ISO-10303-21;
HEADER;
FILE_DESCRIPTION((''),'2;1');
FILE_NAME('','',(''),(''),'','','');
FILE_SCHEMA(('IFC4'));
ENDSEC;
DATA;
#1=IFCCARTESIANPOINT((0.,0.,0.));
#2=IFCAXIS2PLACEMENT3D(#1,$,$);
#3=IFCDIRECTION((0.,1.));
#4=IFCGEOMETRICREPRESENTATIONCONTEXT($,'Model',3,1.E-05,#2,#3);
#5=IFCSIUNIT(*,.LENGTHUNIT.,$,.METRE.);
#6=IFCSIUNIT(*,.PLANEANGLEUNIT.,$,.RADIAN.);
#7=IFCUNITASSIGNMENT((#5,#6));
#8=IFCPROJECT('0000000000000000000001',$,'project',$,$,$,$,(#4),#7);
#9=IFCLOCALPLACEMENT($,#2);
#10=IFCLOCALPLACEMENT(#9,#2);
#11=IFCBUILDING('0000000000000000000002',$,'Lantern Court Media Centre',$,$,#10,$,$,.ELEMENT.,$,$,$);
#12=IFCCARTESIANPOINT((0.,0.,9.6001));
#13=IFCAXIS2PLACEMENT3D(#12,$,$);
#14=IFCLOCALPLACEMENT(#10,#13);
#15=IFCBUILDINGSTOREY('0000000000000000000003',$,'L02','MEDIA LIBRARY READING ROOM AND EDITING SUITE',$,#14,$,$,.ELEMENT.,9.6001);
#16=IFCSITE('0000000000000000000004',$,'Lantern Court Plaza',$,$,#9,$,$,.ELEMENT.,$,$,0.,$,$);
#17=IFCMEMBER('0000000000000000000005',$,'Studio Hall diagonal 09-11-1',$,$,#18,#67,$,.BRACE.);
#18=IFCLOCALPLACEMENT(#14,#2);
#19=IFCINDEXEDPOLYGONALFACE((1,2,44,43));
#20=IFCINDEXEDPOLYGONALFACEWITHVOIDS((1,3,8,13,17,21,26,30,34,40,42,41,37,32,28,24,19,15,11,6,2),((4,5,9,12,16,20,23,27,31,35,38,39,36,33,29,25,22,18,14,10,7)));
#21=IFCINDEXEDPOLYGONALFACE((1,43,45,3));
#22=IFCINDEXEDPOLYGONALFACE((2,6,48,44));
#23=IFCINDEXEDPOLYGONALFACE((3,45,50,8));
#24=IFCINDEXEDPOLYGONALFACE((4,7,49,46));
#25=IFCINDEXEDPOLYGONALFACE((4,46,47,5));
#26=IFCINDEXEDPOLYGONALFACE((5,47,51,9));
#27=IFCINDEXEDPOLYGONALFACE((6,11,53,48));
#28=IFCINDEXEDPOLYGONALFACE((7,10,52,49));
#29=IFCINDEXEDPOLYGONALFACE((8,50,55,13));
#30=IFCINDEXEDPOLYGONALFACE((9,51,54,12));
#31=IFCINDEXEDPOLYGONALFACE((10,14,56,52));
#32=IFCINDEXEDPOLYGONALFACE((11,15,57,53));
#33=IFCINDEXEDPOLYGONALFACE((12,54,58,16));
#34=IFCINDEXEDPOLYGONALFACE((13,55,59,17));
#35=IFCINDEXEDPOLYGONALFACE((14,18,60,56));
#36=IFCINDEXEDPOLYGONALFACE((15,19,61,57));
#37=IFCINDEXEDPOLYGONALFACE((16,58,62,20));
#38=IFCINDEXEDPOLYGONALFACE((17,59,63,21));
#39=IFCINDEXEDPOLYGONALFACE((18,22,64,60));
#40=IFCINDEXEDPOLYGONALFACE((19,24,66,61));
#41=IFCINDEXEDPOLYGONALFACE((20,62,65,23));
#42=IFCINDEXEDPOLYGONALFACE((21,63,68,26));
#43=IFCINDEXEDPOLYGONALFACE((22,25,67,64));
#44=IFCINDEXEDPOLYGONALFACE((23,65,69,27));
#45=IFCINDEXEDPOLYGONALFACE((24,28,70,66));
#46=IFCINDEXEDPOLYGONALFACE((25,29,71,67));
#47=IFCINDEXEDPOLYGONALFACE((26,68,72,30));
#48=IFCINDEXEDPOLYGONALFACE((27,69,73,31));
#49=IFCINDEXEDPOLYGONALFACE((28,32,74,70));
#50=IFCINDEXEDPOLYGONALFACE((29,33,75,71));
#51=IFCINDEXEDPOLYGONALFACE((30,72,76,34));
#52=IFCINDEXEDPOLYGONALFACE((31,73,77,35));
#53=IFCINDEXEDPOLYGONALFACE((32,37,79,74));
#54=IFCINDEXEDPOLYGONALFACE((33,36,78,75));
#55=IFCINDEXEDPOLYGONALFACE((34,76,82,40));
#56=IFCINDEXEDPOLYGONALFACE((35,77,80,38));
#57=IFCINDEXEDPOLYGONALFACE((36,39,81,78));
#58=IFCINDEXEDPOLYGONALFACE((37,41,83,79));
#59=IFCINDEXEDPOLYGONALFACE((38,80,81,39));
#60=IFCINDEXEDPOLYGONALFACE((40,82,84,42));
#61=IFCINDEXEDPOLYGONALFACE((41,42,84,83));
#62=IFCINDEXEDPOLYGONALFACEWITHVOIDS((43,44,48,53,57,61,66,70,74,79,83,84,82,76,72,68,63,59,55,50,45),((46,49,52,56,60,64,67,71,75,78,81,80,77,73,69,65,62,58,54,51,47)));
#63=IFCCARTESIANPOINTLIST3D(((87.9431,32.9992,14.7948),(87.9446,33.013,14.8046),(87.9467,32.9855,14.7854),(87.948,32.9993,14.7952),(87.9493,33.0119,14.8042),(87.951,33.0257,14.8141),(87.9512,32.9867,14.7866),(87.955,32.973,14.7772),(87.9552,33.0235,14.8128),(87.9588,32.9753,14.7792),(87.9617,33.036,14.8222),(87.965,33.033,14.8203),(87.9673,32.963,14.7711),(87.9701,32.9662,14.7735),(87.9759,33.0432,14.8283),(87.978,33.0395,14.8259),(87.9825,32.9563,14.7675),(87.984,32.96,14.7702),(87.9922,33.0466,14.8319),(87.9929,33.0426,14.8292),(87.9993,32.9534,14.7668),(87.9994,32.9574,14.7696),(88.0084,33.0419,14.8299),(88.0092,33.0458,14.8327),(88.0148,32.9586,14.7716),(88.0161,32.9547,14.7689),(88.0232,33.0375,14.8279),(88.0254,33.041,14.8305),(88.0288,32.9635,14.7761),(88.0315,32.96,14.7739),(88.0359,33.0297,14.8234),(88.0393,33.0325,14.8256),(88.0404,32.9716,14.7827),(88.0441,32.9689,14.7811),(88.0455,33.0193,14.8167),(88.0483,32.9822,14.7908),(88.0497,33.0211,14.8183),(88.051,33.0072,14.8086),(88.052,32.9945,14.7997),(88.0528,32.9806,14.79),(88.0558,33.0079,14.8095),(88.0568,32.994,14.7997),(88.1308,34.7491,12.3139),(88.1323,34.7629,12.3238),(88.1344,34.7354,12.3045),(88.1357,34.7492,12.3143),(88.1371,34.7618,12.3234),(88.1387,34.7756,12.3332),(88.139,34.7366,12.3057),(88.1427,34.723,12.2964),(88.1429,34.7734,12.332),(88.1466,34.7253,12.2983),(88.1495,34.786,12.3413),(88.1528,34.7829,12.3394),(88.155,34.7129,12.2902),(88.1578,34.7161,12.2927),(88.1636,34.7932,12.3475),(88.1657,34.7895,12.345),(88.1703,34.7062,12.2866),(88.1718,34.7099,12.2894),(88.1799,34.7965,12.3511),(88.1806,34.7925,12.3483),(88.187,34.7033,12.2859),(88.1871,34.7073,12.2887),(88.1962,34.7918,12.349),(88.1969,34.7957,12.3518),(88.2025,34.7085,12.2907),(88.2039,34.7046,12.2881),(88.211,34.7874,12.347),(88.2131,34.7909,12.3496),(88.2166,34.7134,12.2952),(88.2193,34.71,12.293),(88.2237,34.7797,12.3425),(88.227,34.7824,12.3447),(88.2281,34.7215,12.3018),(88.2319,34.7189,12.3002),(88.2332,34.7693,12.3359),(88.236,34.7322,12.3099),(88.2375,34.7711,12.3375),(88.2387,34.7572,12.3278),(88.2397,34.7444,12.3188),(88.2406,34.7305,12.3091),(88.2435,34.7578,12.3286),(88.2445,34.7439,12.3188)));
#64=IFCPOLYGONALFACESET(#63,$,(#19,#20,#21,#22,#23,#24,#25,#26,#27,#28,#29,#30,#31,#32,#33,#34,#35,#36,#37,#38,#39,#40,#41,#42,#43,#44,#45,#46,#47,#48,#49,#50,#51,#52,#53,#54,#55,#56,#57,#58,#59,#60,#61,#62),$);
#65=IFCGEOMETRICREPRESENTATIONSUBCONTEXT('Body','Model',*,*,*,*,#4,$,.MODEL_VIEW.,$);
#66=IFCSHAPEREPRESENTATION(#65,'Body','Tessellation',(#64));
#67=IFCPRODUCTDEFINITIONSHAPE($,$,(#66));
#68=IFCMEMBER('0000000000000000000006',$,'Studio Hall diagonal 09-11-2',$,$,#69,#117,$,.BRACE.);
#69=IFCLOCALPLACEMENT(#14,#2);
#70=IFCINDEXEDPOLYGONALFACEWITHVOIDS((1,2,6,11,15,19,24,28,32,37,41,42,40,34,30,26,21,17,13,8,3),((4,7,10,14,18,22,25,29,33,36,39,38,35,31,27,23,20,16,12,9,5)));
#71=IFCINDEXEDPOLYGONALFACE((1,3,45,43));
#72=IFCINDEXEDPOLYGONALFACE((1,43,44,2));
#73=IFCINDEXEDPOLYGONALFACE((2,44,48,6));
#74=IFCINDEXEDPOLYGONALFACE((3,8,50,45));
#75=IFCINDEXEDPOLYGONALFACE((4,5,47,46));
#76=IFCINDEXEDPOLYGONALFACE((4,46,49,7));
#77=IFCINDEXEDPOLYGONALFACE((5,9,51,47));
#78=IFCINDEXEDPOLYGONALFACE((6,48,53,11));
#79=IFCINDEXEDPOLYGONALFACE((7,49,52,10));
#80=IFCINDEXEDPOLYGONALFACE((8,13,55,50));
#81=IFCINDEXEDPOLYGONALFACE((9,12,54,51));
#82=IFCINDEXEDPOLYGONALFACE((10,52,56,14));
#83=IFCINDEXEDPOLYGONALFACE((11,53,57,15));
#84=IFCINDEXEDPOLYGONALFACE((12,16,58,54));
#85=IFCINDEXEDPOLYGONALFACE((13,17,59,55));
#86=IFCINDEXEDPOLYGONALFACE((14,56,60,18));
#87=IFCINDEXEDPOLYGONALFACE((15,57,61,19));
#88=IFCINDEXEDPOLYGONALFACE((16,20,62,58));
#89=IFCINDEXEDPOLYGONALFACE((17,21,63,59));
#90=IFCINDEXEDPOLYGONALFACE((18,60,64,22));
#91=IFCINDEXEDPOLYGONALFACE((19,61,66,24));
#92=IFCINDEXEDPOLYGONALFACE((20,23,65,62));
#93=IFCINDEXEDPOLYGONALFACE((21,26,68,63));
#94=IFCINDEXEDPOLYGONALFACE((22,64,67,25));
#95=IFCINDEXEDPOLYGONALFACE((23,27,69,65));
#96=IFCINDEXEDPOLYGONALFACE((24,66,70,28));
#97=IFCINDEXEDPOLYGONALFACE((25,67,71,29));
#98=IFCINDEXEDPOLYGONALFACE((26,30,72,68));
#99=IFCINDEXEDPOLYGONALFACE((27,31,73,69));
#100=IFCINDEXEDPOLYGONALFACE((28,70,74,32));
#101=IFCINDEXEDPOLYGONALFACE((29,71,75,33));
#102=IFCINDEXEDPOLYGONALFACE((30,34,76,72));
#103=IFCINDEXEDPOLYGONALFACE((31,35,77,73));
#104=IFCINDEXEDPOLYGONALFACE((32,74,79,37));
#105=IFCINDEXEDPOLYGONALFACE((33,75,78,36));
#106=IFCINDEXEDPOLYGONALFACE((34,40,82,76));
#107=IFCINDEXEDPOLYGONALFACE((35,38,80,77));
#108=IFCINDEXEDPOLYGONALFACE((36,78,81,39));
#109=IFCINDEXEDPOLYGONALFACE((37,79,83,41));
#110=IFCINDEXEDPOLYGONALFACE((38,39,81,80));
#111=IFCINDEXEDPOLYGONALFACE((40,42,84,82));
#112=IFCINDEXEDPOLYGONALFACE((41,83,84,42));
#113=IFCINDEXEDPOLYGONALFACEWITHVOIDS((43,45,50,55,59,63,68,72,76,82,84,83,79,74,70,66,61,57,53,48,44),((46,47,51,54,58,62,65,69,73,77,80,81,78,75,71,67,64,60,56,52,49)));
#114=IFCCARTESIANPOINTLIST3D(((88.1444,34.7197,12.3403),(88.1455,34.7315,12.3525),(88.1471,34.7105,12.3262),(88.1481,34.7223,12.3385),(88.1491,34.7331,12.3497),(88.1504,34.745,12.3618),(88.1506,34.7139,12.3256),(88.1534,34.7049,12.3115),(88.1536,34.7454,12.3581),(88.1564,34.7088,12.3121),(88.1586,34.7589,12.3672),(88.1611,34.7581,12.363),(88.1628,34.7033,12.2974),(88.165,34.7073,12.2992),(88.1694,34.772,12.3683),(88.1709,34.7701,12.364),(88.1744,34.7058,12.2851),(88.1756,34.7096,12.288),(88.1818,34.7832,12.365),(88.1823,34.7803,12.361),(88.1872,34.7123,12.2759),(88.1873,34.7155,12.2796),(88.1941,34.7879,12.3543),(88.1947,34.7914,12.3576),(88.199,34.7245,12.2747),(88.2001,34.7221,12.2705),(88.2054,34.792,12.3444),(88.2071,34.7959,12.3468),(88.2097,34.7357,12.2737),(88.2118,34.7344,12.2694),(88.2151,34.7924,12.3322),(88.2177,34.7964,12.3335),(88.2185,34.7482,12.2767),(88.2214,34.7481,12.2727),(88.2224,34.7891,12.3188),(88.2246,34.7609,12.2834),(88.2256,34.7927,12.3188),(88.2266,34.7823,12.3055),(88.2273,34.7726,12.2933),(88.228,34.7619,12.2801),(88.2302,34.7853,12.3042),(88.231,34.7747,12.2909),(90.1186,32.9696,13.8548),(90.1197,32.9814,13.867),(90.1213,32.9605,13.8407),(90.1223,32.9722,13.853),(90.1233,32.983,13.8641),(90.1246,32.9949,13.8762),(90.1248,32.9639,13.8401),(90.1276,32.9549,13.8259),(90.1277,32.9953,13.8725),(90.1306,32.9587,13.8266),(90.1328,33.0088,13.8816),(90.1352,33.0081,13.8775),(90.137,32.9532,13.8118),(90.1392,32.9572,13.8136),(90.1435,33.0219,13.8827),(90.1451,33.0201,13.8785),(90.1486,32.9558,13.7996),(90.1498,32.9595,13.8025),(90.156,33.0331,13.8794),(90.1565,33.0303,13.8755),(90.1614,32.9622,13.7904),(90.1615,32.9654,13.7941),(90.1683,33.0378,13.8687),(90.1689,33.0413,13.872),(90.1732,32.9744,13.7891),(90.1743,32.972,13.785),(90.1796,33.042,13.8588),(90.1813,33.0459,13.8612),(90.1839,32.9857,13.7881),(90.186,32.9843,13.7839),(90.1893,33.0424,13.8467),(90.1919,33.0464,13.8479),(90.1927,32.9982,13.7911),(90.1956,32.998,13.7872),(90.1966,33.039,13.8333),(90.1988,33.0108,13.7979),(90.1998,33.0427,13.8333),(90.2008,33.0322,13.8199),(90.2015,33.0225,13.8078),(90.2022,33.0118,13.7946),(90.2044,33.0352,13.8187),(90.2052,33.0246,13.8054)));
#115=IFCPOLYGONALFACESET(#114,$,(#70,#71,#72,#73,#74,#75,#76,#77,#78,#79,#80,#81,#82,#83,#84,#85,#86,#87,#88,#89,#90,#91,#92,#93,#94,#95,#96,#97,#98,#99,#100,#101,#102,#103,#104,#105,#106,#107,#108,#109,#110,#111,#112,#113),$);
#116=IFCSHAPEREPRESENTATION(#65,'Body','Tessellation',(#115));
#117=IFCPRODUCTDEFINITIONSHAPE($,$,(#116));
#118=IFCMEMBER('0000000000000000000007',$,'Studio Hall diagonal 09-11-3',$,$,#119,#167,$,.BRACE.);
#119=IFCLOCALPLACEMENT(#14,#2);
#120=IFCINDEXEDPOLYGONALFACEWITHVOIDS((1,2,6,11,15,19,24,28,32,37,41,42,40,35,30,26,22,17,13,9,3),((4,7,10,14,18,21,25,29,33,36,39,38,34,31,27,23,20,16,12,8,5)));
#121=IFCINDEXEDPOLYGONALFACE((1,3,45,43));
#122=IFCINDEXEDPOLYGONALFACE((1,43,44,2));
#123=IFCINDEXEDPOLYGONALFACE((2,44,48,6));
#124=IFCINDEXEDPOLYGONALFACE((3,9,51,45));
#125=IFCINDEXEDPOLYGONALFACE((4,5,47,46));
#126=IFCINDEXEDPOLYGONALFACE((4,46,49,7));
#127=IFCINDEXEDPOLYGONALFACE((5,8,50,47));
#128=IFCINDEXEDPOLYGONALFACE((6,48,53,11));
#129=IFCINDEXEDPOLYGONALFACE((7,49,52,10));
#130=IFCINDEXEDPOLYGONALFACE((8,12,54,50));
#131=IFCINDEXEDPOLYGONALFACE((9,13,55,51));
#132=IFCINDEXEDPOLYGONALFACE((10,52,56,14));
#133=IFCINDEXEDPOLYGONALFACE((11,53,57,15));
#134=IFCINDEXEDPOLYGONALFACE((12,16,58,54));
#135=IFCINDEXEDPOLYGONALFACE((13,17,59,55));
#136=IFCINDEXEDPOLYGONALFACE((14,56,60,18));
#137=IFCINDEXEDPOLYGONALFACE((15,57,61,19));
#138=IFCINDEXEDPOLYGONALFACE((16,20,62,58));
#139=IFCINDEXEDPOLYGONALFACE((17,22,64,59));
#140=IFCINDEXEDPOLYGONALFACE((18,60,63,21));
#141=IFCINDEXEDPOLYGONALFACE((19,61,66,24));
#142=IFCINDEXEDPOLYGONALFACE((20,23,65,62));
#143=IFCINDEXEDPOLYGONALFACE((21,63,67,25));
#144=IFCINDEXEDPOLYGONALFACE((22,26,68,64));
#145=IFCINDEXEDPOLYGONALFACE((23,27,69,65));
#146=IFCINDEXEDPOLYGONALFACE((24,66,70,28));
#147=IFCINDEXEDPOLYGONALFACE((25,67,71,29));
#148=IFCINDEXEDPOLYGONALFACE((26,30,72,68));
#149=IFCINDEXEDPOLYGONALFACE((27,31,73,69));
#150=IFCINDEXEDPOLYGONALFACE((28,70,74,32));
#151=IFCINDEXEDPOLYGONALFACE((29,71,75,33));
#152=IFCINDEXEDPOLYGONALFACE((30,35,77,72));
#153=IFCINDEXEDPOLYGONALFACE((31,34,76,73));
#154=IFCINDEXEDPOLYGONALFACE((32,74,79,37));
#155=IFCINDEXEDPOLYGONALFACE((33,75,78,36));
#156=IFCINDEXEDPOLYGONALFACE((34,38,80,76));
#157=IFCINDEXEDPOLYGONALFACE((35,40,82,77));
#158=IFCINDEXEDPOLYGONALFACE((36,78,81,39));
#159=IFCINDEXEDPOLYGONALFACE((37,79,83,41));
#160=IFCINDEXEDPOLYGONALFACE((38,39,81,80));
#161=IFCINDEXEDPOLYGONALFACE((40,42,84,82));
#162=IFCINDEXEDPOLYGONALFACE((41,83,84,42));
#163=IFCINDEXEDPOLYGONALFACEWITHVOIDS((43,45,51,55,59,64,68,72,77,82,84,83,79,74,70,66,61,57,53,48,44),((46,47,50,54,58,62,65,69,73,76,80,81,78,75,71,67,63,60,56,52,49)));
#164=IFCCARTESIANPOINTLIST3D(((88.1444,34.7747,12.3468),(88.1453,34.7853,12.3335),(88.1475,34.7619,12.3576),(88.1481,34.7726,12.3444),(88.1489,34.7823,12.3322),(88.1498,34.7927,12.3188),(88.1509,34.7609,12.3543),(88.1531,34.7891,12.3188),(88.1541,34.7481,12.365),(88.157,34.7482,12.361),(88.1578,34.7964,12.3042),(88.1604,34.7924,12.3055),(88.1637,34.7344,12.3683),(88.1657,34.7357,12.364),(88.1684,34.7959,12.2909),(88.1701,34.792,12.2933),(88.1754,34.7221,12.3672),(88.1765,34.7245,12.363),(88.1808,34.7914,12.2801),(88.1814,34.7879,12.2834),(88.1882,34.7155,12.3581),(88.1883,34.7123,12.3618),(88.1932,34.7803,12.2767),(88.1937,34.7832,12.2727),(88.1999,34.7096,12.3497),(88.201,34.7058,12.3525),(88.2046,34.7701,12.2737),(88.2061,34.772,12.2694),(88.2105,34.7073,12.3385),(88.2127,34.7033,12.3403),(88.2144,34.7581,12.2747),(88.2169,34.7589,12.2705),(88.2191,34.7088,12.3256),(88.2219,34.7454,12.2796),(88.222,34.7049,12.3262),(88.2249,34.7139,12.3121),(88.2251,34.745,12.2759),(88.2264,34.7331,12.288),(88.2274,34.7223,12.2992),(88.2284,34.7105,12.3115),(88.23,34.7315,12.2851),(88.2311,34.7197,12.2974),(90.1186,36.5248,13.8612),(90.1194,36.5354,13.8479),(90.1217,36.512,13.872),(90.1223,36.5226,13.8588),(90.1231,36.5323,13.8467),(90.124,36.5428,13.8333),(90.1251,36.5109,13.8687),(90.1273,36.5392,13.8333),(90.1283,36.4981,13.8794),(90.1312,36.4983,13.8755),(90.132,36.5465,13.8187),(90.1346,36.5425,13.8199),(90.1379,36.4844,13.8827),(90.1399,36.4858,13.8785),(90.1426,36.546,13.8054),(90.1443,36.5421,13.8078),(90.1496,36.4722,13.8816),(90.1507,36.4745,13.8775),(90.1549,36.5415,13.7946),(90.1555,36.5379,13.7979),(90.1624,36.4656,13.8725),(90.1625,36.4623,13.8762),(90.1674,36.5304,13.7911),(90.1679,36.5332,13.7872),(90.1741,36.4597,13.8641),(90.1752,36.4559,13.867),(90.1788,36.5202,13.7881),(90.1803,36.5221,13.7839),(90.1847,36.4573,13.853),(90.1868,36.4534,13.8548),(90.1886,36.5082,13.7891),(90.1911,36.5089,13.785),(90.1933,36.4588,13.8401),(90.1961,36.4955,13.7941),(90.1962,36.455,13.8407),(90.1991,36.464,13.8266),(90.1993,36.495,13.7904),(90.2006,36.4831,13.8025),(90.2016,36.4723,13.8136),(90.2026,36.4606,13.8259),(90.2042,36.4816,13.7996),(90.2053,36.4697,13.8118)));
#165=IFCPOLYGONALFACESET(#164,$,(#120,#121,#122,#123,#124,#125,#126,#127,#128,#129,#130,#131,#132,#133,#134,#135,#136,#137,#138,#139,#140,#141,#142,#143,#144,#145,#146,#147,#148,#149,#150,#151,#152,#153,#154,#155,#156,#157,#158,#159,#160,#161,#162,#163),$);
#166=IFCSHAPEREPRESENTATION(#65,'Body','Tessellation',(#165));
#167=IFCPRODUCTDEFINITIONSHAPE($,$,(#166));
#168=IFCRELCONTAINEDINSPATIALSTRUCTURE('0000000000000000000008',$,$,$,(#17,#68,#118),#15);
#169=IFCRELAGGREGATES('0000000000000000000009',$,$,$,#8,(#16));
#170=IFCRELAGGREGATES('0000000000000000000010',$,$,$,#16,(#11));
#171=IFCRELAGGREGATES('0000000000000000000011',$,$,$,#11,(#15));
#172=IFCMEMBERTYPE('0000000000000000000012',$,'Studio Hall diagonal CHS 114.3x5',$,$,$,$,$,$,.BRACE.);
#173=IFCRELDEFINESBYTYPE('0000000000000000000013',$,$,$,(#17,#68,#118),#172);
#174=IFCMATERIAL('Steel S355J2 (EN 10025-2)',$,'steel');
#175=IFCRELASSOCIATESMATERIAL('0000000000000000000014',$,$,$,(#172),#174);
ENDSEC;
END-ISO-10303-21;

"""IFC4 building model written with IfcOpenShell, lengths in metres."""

from ifc_helpers import new_model, si_unit, direction, frame, origin, origin_2d, place, context, subcontext, project, spatial, hollow_circle, extrude, material, material_profile, profile_set, type_object, element, save


model = new_model("IFC4")

# Units and contexts
model_context = context("Model", 3, precision=1e-05, world=origin(), true_north=direction((0.0, 1.0)))
body_context = subcontext(model_context, "Body", "Model", "MODEL_VIEW")
ifc_project = project(units=[si_unit("LENGTHUNIT", "METRE"), si_unit("PLANEANGLEUNIT", "RADIAN")], contexts=[model_context])

# Site, building, storey
site_placement = place(None, origin())
site = spatial("IfcSite", under=ifc_project, at=site_placement, Name="Lantern Court Plaza", CompositionType="ELEMENT", RefElevation=0.0)
building_placement = place(site_placement, origin())
building = spatial("IfcBuilding", under=site, at=building_placement, Name="Lantern Court Media Centre", CompositionType="ELEMENT")
storey_placement = place(building_placement, frame((0.0, 0.0, 9.6001)))
storey = spatial("IfcBuildingStorey", under=building, at=storey_placement, Name="L02", Description="MEDIA LIBRARY READING ROOM AND EDITING SUITE", CompositionType="ELEMENT", Elevation=9.6001)

# Members
ifc_material = material(Name="Steel S355J2 (EN 10025-2)", Category="steel")
ifc_material_profile_1 = material_profile(ifc_material, hollow_circle(Radius=0.0571, WallThickness=0.0049, at=origin_2d()), Name="Studio Hall diagonal CHS 114.3x5")
ifc_profile_set_1 = profile_set([ifc_material_profile_1], Name="Steel S355J2 (EN 10025-2)")
member_type_1 = type_object("IfcMemberType", Name="Studio Hall diagonal CHS 114.3x5", PredefinedType="BRACE", material=ifc_profile_set_1)
member_1_placement = place(storey_placement, frame((88.1877, 34.75, 12.3188), z_axis=(-0.06172, -0.575306, 0.815606), x_axis=(0.994294, -0.10667, 0.0)))
element("IfcMember", 1, at=member_1_placement, inside=storey, type_object=member_type_1, Name="Studio Hall diagonal 09-11-1", PredefinedType="BRACE", context=body_context, shape_type="SweptSolid", body=[
    extrude(hollow_circle(Radius=0.0571, WallThickness=0.0049, at=origin_2d()), origin(), (0.0, 0.0, 1.0), 3.0417),
])
for number, where, z_axis, x_axis, name in (
    (2, (88.1877, 34.75, 12.3188), (0.648979, -0.575301, 0.49785), (0.663352, 0.748307, 0.0), "Studio Hall diagonal 09-11-2"),
    (3, (88.1877, 34.75, 12.3188), (0.648979, 0.575301, 0.49785), (-0.663352, 0.748307, 0.0), "Studio Hall diagonal 09-11-3"),
):
    element("IfcMember", number, at=place(storey_placement, frame(where, z_axis=z_axis, x_axis=x_axis)), inside=storey, type_object=member_type_1, Name=name, PredefinedType="BRACE", context=body_context, shape_type="SweptSolid", body=[
        extrude(hollow_circle(Radius=0.0571, WallThickness=0.0049, at=origin_2d()), origin(), (0.0, 0.0, 1.0), 3.042),
    ])

save(model, "model.ifc")
